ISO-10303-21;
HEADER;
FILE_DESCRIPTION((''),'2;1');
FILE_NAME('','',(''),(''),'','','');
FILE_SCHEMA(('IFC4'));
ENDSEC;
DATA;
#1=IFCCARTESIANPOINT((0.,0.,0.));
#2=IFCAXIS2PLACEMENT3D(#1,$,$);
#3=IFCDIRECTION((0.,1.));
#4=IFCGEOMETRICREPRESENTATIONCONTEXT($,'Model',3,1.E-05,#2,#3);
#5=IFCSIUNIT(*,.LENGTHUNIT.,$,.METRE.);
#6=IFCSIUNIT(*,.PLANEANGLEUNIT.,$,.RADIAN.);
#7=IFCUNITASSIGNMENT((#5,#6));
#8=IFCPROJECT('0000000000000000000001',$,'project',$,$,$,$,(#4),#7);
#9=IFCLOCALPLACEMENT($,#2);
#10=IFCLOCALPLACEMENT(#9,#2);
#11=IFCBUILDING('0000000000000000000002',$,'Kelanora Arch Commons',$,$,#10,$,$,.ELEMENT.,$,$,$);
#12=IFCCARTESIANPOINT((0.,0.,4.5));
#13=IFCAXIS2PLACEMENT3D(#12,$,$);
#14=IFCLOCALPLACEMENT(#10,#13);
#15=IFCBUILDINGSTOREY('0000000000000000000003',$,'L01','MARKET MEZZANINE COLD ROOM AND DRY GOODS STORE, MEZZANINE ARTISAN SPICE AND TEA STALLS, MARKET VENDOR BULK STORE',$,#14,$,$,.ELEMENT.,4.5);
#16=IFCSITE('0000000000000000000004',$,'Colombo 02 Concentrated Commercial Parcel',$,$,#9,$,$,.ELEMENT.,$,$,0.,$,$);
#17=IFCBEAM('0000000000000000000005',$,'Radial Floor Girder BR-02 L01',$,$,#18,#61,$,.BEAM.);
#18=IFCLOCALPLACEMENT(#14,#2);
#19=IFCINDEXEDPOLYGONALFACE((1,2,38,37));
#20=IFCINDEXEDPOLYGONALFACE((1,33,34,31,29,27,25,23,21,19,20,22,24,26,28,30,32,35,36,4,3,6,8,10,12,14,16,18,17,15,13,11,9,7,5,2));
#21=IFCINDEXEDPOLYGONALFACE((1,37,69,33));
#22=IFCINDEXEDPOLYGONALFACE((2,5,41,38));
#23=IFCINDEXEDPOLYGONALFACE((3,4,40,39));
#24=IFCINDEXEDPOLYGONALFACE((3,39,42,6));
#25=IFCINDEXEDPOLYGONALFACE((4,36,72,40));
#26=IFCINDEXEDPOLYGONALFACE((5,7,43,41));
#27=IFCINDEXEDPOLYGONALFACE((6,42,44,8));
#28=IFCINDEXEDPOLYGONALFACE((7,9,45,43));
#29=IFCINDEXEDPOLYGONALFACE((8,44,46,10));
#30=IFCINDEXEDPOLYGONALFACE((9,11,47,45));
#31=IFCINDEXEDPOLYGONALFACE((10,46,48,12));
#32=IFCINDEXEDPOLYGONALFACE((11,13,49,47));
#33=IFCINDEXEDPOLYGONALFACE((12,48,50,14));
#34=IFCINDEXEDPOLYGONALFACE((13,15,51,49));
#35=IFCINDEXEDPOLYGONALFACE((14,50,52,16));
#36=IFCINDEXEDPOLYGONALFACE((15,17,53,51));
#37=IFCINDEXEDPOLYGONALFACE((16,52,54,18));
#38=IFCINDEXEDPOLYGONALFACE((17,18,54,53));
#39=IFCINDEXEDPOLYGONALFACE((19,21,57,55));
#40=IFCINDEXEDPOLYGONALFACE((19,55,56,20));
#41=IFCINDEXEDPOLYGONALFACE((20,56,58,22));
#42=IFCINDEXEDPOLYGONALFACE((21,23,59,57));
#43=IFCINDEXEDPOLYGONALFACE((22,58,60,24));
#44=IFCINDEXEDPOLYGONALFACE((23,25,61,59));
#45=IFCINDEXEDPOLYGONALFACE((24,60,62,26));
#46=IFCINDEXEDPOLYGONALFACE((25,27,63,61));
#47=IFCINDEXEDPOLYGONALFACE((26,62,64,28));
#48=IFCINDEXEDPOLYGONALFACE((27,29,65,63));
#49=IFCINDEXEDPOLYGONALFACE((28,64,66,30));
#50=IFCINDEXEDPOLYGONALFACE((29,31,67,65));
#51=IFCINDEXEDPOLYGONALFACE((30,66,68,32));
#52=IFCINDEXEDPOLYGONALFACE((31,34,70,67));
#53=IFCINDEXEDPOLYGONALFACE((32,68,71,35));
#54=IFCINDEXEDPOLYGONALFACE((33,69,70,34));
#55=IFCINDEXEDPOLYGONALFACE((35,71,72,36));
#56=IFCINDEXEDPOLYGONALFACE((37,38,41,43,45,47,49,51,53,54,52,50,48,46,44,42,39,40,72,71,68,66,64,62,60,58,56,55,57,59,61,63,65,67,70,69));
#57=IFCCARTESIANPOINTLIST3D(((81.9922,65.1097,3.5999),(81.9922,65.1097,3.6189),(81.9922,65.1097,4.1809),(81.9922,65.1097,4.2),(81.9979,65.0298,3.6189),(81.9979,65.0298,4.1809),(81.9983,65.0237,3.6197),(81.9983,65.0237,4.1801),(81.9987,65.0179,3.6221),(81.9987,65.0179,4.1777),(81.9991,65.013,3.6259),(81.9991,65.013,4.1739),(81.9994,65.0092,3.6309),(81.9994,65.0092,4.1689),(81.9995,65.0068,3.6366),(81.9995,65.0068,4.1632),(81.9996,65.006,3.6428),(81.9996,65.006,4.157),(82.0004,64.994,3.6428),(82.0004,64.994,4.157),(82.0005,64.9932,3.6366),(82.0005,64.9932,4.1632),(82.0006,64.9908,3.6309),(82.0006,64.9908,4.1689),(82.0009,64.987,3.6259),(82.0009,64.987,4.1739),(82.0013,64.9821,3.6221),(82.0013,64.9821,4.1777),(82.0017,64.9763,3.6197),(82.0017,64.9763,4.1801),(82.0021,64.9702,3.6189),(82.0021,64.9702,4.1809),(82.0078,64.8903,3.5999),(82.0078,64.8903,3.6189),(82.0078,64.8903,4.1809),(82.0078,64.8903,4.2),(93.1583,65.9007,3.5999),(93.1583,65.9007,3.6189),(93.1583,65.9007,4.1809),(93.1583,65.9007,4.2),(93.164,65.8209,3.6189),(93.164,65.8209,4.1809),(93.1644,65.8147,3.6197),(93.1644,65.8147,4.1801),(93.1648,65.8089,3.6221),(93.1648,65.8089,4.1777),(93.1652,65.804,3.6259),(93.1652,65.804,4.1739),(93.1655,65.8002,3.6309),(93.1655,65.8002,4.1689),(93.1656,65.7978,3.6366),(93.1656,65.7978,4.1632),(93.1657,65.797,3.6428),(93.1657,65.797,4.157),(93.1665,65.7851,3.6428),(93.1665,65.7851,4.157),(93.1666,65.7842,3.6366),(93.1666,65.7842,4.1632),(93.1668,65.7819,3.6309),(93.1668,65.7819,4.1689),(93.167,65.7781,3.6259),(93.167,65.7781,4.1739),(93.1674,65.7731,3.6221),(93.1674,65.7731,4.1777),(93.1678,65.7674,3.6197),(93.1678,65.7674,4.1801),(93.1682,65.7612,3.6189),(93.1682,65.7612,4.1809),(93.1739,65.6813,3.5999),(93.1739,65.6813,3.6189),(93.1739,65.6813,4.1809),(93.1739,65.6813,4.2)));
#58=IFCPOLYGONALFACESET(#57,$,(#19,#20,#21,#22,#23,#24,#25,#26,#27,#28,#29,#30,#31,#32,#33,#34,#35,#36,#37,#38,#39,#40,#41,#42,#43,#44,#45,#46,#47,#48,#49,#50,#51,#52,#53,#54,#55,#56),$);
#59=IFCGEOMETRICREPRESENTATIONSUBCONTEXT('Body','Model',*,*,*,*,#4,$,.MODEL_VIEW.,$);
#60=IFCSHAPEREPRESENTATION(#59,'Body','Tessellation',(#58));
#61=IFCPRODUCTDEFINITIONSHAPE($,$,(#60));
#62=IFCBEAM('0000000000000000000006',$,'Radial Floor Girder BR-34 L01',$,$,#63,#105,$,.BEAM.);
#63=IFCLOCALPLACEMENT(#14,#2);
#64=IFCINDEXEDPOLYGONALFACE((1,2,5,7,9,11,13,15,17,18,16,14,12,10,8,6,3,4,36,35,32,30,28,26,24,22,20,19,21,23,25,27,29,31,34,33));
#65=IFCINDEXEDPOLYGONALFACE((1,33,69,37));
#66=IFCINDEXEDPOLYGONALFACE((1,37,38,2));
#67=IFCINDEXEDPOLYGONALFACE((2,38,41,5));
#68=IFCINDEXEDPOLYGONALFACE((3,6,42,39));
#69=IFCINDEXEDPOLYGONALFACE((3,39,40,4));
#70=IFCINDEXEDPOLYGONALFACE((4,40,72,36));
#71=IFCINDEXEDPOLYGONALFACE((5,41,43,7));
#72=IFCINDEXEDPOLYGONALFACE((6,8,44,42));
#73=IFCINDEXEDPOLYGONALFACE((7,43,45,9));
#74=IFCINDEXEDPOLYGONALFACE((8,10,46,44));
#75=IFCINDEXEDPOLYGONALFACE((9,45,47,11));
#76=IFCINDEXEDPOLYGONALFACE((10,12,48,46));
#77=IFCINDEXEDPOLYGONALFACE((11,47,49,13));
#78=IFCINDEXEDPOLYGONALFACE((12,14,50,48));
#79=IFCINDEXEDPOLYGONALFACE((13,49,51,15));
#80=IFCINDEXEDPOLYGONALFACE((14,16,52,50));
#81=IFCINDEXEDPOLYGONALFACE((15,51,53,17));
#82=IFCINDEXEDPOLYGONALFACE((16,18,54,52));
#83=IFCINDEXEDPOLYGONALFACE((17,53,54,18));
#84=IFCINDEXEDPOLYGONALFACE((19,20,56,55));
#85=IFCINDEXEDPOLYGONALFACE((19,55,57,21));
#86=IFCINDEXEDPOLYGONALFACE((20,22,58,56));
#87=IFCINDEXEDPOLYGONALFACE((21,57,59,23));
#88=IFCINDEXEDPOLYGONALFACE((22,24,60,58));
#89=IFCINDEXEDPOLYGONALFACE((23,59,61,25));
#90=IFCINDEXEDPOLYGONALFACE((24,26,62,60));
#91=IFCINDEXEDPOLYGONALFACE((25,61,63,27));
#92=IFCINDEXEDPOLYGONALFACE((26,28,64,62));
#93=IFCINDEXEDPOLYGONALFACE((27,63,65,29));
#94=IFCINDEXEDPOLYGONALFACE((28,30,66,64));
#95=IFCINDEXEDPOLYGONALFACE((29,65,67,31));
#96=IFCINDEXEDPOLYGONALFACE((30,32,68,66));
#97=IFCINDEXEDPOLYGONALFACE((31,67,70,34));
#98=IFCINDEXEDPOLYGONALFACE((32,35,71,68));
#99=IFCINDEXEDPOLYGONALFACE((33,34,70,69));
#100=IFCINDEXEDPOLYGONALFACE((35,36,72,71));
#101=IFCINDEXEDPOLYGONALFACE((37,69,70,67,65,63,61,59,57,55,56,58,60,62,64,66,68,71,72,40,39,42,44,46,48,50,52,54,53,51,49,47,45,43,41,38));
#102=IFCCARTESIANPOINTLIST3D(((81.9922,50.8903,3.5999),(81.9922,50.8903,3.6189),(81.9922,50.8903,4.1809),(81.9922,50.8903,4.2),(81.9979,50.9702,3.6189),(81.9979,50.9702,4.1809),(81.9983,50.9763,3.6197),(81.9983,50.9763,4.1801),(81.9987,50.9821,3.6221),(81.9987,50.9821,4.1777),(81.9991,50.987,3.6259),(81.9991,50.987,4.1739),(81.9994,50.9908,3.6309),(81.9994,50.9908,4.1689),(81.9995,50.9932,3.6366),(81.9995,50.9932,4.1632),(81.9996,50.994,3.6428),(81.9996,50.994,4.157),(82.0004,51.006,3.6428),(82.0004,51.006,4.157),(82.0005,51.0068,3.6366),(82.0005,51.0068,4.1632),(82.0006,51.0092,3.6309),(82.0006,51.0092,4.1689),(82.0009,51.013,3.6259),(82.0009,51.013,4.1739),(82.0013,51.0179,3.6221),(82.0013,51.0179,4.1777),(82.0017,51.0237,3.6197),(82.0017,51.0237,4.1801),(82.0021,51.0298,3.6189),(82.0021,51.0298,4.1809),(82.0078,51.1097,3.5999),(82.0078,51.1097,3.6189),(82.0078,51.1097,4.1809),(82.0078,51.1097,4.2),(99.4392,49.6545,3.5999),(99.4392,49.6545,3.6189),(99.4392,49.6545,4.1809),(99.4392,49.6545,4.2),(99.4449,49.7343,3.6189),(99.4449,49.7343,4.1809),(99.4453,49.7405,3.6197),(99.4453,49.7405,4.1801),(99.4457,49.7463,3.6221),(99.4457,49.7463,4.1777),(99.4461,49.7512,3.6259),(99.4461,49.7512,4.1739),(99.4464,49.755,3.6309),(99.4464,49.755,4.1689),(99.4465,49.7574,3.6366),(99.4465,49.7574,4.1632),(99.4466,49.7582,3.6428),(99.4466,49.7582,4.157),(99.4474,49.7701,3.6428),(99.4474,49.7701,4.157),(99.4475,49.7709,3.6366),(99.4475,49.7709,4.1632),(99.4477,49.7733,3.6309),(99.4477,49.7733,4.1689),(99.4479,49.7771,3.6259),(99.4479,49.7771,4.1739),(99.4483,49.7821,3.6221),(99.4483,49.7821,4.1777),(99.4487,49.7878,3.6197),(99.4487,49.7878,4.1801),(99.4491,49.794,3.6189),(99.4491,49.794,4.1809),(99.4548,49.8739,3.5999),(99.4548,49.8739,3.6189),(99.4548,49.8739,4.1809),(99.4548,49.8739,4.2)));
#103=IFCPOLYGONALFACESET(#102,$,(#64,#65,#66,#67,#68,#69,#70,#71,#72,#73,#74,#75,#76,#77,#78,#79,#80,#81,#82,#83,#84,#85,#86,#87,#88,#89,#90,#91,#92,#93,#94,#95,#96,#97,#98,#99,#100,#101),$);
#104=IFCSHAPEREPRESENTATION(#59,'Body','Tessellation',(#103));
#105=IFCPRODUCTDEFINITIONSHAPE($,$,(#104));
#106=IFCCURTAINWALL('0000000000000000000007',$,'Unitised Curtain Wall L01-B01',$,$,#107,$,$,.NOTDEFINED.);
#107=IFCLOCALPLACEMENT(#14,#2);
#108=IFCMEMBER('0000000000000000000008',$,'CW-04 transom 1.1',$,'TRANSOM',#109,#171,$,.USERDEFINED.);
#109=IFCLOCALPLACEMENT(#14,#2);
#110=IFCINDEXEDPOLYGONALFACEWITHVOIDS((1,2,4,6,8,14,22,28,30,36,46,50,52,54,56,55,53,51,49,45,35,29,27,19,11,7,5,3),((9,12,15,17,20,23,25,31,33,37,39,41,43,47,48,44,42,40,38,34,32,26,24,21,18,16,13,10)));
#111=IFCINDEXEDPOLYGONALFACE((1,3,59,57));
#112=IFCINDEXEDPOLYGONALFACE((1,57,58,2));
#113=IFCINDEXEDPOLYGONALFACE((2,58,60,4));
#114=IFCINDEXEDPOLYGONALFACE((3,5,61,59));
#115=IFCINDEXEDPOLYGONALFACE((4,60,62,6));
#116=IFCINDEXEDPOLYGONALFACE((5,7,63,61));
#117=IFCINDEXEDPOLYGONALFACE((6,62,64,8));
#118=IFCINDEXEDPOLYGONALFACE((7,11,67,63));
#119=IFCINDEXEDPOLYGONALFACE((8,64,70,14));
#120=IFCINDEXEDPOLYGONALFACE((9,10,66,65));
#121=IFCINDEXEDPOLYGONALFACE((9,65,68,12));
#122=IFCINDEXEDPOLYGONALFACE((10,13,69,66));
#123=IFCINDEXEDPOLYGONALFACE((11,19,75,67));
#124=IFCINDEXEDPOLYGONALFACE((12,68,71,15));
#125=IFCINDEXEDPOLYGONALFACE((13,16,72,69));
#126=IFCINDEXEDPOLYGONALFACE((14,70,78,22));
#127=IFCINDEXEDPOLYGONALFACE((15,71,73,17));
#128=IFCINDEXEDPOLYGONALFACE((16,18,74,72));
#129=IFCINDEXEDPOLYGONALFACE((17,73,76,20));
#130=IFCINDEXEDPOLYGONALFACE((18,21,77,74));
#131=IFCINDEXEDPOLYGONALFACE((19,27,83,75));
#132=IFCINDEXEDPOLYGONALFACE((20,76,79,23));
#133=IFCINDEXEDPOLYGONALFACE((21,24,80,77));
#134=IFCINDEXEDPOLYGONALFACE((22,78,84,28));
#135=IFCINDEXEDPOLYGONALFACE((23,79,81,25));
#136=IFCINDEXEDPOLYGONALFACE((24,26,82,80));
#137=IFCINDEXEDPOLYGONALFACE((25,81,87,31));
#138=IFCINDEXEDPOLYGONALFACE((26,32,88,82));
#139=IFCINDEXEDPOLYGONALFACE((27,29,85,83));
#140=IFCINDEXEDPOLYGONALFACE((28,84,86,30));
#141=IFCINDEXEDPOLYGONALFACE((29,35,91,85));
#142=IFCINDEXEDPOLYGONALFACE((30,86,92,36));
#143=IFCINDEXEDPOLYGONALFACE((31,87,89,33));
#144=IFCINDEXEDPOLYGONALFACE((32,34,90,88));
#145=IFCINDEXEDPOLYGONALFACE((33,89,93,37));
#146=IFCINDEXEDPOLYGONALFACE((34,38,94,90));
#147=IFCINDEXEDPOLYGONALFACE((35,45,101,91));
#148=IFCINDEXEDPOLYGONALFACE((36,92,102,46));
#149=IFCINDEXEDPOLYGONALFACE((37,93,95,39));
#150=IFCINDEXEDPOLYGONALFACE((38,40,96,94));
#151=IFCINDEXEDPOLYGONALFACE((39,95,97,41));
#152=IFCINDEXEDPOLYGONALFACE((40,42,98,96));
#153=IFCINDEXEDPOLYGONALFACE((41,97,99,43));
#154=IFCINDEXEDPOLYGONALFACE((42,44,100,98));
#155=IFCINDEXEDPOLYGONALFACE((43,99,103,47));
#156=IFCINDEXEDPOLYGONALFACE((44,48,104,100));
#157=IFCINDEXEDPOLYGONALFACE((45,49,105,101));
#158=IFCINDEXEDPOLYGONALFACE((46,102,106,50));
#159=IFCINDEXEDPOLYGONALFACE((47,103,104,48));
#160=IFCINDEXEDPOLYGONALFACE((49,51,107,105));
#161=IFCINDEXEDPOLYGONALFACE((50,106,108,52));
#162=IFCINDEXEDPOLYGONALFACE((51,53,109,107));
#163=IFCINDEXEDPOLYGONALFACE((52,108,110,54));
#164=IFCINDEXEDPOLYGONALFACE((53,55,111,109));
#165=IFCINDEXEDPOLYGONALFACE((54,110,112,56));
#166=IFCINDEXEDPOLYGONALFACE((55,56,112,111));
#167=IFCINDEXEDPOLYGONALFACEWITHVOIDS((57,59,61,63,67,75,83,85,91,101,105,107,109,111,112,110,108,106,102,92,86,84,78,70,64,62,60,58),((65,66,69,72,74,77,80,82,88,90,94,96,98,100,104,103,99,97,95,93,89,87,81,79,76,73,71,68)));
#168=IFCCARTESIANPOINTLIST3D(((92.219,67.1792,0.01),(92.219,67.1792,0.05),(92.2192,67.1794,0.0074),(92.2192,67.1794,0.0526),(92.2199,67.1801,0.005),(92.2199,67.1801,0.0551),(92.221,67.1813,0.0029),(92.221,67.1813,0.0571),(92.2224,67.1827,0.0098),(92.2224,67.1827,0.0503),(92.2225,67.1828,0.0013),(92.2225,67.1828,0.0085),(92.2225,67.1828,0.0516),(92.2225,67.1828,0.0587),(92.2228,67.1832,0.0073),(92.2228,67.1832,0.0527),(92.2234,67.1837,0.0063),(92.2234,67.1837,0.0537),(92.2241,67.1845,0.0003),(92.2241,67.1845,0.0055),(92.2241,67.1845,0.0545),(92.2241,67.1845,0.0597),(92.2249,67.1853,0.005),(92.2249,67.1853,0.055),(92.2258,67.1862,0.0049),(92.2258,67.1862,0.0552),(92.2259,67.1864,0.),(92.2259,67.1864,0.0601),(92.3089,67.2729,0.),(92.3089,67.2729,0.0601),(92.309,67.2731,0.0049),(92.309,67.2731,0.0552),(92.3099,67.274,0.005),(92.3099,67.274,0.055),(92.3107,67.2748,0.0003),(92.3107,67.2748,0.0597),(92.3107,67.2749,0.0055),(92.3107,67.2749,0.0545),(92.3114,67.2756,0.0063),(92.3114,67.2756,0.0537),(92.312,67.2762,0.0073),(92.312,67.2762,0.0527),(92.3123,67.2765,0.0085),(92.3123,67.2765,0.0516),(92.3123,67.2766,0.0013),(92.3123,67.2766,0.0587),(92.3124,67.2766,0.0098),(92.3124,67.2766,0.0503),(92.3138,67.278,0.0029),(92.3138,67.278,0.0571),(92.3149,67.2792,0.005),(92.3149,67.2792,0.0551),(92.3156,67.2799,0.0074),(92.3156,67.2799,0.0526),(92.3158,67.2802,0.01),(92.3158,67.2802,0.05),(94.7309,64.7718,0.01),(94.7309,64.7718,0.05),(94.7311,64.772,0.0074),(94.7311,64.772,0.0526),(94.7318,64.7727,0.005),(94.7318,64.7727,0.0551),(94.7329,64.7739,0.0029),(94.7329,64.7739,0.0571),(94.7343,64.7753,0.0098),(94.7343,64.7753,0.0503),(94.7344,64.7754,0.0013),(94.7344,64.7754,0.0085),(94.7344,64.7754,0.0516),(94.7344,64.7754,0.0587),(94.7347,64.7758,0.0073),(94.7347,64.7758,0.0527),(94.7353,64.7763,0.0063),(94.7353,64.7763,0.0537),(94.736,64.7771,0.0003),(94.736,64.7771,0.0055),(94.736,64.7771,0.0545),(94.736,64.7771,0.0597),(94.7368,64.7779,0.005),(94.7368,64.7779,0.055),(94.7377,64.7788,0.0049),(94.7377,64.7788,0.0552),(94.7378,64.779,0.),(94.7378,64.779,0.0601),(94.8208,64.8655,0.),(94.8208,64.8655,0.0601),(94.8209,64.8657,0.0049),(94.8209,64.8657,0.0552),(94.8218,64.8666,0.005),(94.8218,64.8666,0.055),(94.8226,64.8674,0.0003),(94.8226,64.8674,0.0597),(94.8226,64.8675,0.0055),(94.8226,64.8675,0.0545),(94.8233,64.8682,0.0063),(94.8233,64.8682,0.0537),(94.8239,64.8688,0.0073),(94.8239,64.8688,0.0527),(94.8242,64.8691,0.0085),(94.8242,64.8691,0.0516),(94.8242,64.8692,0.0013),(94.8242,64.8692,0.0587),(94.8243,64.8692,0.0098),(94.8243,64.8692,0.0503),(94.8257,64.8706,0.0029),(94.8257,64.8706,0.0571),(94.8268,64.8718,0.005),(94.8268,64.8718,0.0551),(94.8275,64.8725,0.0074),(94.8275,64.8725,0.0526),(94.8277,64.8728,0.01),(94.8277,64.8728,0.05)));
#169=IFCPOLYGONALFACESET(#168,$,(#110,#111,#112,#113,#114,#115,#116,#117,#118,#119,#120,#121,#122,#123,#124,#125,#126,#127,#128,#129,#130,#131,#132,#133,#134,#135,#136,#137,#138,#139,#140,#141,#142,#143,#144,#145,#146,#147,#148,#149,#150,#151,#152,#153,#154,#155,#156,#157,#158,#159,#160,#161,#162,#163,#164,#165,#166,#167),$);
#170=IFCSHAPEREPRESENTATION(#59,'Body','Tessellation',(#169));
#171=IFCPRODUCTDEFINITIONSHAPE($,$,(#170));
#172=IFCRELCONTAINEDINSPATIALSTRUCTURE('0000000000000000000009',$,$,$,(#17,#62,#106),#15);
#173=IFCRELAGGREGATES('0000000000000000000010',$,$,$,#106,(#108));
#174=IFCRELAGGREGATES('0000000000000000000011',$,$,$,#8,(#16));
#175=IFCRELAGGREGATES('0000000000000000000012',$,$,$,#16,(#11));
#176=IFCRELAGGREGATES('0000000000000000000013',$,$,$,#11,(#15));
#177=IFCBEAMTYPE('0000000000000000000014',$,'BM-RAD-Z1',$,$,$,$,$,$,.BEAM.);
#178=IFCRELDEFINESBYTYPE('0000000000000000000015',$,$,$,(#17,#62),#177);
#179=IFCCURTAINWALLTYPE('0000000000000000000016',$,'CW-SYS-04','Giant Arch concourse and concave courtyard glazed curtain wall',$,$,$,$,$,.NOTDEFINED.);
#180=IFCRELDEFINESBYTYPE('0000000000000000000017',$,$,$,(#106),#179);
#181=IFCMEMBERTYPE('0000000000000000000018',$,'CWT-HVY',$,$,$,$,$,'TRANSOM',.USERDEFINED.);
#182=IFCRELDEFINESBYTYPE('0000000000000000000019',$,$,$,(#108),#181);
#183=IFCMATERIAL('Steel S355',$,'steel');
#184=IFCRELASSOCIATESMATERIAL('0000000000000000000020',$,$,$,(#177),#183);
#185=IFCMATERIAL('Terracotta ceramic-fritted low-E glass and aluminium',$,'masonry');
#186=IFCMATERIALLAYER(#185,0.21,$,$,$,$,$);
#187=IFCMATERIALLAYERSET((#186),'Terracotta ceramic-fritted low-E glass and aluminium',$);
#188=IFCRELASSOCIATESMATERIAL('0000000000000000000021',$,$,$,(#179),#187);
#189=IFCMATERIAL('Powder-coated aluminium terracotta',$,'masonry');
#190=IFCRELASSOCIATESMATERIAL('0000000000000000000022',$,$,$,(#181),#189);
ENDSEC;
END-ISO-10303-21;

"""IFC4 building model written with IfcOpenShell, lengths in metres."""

from ifc_helpers import new_model, si_unit, direction, frame, origin, origin_2d, place, context, subcontext, project, spatial, hollow_rectangle, i_section, extrude, material, layer, layer_set, material_profile, profile_set, type_object, element, aggregate, save


model = new_model("IFC4")

# Units and contexts
model_context = context("Model", 3, precision=1e-05, world=origin(), true_north=direction((0.0, 1.0)))
body_context = subcontext(model_context, "Body", "Model", "MODEL_VIEW")
ifc_project = project(units=[si_unit("LENGTHUNIT", "METRE"), si_unit("PLANEANGLEUNIT", "RADIAN")], contexts=[model_context])

# Site, building, storey
site_placement = place(None, origin())
site = spatial("IfcSite", under=ifc_project, at=site_placement, Name="Colombo 02 Concentrated Commercial Parcel", CompositionType="ELEMENT", RefElevation=0.0)
building_placement = place(site_placement, origin())
building = spatial("IfcBuilding", under=site, at=building_placement, Name="Kelanora Arch Commons", CompositionType="ELEMENT")
storey_placement = place(building_placement, frame((0.0, 0.0, 4.5)))
storey = spatial("IfcBuildingStorey", under=building, at=storey_placement, Name="L01", Description="MARKET MEZZANINE COLD ROOM AND DRY GOODS STORE, MEZZANINE ARTISAN SPICE AND TEA STALLS, MARKET VENDOR BULK STORE", CompositionType="ELEMENT", Elevation=4.5)

# Beams
ifc_material_1 = material(Name="Steel S355", Category="steel")
ifc_material_profile_1 = material_profile(ifc_material_1, i_section(OverallWidth=0.22, OverallDepth=0.6001, WebThickness=0.012, FlangeThickness=0.019, FilletRadius=0.0239, at=origin_2d()), Name="IPE600")
ifc_profile_set_1 = profile_set([ifc_material_profile_1], Name="Steel S355")
beam_type_1 = type_object("IfcBeamType", Name="BM-RAD-Z1", PredefinedType="BEAM", material=ifc_profile_set_1)
beam_1_placement = place(storey_placement, frame((82.0, 65.0, 3.8999), z_axis=(0.9975, 0.070664, 0.0), x_axis=(-0.070664, 0.9975, 0.0)))
element("IfcBeam", 1, at=beam_1_placement, inside=storey, type_object=beam_type_1, Name="Radial Floor Girder BR-02 L01", PredefinedType="BEAM", context=body_context, shape_type="SweptSolid", body=[
    extrude(i_section(OverallWidth=0.22, OverallDepth=0.6001, WebThickness=0.012, FlangeThickness=0.019, FilletRadius=0.0239, at=origin_2d()), origin(), (0.0, 0.0, 1.0), 11.1941),
])
beam_2_placement = place(storey_placement, frame((82.0, 51.0, 3.8999), z_axis=(0.997501, -0.070657, 0.0), x_axis=(0.070657, 0.997501, 0.0)))
element("IfcBeam", 2, at=beam_2_placement, inside=storey, type_object=beam_type_1, Name="Radial Floor Girder BR-34 L01", PredefinedType="BEAM", context=body_context, shape_type="SweptSolid", body=[
    extrude(i_section(OverallWidth=0.22, OverallDepth=0.6001, WebThickness=0.012, FlangeThickness=0.019, FilletRadius=0.0239, at=origin_2d()), origin(), (0.0, 0.0, 1.0), 17.4907),
])

# Curtain wall, member
ifc_material_2 = material(Name="Terracotta ceramic-fritted low-E glass and aluminium", Category="masonry")
ifc_layer_1 = layer(ifc_material_2, 0.21)
ifc_layer_set_1 = layer_set([ifc_layer_1], Name="Terracotta ceramic-fritted low-E glass and aluminium")
curtain_wall_type = type_object("IfcCurtainWallType", Name="CW-SYS-04", Description="Giant Arch concourse and concave courtyard glazed curtain wall", PredefinedType="NOTDEFINED", material=ifc_layer_set_1)
curtain_wall_placement = place(storey_placement, origin())
curtain_wall = element("IfcCurtainWall", 3, at=curtain_wall_placement, inside=storey, type_object=curtain_wall_type, Name="Unitised Curtain Wall L01-B01", PredefinedType="NOTDEFINED")
ifc_material_3 = material(Name="Powder-coated aluminium terracotta", Category="masonry")
ifc_material_profile_2 = material_profile(ifc_material_3, hollow_rectangle(XDim=0.1399, YDim=0.0601, WallThickness=0.0049, InnerFilletRadius=0.0049, OuterFilletRadius=0.01, at=origin_2d()), Name="CWT140x60")
ifc_profile_set_2 = profile_set([ifc_material_profile_2], Name="Powder-coated aluminium terracotta")
member_type = type_object("IfcMemberType", Name="CWT-HVY", ElementType="TRANSOM", PredefinedType="USERDEFINED", material=ifc_profile_set_2)
member_1_placement = place(storey_placement, frame((94.7793, 64.8223, 0.03), z_axis=(-0.721963, 0.691931, 0.0), x_axis=(-0.691931, -0.721963, 0.0)))
member_1 = element("IfcMember", 4, at=member_1_placement, type_object=member_type, Name="CW-04 transom 1.1", ObjectType="TRANSOM", PredefinedType="USERDEFINED", context=body_context, shape_type="SweptSolid", body=[
    extrude(hollow_rectangle(XDim=0.1399, YDim=0.0601, WallThickness=0.0049, InnerFilletRadius=0.0049, OuterFilletRadius=0.01, at=origin_2d()), origin(), (0.0, 0.0, 1.0), 3.4792),
])
aggregate(curtain_wall, [member_1])

save(model, "model.ifc")
